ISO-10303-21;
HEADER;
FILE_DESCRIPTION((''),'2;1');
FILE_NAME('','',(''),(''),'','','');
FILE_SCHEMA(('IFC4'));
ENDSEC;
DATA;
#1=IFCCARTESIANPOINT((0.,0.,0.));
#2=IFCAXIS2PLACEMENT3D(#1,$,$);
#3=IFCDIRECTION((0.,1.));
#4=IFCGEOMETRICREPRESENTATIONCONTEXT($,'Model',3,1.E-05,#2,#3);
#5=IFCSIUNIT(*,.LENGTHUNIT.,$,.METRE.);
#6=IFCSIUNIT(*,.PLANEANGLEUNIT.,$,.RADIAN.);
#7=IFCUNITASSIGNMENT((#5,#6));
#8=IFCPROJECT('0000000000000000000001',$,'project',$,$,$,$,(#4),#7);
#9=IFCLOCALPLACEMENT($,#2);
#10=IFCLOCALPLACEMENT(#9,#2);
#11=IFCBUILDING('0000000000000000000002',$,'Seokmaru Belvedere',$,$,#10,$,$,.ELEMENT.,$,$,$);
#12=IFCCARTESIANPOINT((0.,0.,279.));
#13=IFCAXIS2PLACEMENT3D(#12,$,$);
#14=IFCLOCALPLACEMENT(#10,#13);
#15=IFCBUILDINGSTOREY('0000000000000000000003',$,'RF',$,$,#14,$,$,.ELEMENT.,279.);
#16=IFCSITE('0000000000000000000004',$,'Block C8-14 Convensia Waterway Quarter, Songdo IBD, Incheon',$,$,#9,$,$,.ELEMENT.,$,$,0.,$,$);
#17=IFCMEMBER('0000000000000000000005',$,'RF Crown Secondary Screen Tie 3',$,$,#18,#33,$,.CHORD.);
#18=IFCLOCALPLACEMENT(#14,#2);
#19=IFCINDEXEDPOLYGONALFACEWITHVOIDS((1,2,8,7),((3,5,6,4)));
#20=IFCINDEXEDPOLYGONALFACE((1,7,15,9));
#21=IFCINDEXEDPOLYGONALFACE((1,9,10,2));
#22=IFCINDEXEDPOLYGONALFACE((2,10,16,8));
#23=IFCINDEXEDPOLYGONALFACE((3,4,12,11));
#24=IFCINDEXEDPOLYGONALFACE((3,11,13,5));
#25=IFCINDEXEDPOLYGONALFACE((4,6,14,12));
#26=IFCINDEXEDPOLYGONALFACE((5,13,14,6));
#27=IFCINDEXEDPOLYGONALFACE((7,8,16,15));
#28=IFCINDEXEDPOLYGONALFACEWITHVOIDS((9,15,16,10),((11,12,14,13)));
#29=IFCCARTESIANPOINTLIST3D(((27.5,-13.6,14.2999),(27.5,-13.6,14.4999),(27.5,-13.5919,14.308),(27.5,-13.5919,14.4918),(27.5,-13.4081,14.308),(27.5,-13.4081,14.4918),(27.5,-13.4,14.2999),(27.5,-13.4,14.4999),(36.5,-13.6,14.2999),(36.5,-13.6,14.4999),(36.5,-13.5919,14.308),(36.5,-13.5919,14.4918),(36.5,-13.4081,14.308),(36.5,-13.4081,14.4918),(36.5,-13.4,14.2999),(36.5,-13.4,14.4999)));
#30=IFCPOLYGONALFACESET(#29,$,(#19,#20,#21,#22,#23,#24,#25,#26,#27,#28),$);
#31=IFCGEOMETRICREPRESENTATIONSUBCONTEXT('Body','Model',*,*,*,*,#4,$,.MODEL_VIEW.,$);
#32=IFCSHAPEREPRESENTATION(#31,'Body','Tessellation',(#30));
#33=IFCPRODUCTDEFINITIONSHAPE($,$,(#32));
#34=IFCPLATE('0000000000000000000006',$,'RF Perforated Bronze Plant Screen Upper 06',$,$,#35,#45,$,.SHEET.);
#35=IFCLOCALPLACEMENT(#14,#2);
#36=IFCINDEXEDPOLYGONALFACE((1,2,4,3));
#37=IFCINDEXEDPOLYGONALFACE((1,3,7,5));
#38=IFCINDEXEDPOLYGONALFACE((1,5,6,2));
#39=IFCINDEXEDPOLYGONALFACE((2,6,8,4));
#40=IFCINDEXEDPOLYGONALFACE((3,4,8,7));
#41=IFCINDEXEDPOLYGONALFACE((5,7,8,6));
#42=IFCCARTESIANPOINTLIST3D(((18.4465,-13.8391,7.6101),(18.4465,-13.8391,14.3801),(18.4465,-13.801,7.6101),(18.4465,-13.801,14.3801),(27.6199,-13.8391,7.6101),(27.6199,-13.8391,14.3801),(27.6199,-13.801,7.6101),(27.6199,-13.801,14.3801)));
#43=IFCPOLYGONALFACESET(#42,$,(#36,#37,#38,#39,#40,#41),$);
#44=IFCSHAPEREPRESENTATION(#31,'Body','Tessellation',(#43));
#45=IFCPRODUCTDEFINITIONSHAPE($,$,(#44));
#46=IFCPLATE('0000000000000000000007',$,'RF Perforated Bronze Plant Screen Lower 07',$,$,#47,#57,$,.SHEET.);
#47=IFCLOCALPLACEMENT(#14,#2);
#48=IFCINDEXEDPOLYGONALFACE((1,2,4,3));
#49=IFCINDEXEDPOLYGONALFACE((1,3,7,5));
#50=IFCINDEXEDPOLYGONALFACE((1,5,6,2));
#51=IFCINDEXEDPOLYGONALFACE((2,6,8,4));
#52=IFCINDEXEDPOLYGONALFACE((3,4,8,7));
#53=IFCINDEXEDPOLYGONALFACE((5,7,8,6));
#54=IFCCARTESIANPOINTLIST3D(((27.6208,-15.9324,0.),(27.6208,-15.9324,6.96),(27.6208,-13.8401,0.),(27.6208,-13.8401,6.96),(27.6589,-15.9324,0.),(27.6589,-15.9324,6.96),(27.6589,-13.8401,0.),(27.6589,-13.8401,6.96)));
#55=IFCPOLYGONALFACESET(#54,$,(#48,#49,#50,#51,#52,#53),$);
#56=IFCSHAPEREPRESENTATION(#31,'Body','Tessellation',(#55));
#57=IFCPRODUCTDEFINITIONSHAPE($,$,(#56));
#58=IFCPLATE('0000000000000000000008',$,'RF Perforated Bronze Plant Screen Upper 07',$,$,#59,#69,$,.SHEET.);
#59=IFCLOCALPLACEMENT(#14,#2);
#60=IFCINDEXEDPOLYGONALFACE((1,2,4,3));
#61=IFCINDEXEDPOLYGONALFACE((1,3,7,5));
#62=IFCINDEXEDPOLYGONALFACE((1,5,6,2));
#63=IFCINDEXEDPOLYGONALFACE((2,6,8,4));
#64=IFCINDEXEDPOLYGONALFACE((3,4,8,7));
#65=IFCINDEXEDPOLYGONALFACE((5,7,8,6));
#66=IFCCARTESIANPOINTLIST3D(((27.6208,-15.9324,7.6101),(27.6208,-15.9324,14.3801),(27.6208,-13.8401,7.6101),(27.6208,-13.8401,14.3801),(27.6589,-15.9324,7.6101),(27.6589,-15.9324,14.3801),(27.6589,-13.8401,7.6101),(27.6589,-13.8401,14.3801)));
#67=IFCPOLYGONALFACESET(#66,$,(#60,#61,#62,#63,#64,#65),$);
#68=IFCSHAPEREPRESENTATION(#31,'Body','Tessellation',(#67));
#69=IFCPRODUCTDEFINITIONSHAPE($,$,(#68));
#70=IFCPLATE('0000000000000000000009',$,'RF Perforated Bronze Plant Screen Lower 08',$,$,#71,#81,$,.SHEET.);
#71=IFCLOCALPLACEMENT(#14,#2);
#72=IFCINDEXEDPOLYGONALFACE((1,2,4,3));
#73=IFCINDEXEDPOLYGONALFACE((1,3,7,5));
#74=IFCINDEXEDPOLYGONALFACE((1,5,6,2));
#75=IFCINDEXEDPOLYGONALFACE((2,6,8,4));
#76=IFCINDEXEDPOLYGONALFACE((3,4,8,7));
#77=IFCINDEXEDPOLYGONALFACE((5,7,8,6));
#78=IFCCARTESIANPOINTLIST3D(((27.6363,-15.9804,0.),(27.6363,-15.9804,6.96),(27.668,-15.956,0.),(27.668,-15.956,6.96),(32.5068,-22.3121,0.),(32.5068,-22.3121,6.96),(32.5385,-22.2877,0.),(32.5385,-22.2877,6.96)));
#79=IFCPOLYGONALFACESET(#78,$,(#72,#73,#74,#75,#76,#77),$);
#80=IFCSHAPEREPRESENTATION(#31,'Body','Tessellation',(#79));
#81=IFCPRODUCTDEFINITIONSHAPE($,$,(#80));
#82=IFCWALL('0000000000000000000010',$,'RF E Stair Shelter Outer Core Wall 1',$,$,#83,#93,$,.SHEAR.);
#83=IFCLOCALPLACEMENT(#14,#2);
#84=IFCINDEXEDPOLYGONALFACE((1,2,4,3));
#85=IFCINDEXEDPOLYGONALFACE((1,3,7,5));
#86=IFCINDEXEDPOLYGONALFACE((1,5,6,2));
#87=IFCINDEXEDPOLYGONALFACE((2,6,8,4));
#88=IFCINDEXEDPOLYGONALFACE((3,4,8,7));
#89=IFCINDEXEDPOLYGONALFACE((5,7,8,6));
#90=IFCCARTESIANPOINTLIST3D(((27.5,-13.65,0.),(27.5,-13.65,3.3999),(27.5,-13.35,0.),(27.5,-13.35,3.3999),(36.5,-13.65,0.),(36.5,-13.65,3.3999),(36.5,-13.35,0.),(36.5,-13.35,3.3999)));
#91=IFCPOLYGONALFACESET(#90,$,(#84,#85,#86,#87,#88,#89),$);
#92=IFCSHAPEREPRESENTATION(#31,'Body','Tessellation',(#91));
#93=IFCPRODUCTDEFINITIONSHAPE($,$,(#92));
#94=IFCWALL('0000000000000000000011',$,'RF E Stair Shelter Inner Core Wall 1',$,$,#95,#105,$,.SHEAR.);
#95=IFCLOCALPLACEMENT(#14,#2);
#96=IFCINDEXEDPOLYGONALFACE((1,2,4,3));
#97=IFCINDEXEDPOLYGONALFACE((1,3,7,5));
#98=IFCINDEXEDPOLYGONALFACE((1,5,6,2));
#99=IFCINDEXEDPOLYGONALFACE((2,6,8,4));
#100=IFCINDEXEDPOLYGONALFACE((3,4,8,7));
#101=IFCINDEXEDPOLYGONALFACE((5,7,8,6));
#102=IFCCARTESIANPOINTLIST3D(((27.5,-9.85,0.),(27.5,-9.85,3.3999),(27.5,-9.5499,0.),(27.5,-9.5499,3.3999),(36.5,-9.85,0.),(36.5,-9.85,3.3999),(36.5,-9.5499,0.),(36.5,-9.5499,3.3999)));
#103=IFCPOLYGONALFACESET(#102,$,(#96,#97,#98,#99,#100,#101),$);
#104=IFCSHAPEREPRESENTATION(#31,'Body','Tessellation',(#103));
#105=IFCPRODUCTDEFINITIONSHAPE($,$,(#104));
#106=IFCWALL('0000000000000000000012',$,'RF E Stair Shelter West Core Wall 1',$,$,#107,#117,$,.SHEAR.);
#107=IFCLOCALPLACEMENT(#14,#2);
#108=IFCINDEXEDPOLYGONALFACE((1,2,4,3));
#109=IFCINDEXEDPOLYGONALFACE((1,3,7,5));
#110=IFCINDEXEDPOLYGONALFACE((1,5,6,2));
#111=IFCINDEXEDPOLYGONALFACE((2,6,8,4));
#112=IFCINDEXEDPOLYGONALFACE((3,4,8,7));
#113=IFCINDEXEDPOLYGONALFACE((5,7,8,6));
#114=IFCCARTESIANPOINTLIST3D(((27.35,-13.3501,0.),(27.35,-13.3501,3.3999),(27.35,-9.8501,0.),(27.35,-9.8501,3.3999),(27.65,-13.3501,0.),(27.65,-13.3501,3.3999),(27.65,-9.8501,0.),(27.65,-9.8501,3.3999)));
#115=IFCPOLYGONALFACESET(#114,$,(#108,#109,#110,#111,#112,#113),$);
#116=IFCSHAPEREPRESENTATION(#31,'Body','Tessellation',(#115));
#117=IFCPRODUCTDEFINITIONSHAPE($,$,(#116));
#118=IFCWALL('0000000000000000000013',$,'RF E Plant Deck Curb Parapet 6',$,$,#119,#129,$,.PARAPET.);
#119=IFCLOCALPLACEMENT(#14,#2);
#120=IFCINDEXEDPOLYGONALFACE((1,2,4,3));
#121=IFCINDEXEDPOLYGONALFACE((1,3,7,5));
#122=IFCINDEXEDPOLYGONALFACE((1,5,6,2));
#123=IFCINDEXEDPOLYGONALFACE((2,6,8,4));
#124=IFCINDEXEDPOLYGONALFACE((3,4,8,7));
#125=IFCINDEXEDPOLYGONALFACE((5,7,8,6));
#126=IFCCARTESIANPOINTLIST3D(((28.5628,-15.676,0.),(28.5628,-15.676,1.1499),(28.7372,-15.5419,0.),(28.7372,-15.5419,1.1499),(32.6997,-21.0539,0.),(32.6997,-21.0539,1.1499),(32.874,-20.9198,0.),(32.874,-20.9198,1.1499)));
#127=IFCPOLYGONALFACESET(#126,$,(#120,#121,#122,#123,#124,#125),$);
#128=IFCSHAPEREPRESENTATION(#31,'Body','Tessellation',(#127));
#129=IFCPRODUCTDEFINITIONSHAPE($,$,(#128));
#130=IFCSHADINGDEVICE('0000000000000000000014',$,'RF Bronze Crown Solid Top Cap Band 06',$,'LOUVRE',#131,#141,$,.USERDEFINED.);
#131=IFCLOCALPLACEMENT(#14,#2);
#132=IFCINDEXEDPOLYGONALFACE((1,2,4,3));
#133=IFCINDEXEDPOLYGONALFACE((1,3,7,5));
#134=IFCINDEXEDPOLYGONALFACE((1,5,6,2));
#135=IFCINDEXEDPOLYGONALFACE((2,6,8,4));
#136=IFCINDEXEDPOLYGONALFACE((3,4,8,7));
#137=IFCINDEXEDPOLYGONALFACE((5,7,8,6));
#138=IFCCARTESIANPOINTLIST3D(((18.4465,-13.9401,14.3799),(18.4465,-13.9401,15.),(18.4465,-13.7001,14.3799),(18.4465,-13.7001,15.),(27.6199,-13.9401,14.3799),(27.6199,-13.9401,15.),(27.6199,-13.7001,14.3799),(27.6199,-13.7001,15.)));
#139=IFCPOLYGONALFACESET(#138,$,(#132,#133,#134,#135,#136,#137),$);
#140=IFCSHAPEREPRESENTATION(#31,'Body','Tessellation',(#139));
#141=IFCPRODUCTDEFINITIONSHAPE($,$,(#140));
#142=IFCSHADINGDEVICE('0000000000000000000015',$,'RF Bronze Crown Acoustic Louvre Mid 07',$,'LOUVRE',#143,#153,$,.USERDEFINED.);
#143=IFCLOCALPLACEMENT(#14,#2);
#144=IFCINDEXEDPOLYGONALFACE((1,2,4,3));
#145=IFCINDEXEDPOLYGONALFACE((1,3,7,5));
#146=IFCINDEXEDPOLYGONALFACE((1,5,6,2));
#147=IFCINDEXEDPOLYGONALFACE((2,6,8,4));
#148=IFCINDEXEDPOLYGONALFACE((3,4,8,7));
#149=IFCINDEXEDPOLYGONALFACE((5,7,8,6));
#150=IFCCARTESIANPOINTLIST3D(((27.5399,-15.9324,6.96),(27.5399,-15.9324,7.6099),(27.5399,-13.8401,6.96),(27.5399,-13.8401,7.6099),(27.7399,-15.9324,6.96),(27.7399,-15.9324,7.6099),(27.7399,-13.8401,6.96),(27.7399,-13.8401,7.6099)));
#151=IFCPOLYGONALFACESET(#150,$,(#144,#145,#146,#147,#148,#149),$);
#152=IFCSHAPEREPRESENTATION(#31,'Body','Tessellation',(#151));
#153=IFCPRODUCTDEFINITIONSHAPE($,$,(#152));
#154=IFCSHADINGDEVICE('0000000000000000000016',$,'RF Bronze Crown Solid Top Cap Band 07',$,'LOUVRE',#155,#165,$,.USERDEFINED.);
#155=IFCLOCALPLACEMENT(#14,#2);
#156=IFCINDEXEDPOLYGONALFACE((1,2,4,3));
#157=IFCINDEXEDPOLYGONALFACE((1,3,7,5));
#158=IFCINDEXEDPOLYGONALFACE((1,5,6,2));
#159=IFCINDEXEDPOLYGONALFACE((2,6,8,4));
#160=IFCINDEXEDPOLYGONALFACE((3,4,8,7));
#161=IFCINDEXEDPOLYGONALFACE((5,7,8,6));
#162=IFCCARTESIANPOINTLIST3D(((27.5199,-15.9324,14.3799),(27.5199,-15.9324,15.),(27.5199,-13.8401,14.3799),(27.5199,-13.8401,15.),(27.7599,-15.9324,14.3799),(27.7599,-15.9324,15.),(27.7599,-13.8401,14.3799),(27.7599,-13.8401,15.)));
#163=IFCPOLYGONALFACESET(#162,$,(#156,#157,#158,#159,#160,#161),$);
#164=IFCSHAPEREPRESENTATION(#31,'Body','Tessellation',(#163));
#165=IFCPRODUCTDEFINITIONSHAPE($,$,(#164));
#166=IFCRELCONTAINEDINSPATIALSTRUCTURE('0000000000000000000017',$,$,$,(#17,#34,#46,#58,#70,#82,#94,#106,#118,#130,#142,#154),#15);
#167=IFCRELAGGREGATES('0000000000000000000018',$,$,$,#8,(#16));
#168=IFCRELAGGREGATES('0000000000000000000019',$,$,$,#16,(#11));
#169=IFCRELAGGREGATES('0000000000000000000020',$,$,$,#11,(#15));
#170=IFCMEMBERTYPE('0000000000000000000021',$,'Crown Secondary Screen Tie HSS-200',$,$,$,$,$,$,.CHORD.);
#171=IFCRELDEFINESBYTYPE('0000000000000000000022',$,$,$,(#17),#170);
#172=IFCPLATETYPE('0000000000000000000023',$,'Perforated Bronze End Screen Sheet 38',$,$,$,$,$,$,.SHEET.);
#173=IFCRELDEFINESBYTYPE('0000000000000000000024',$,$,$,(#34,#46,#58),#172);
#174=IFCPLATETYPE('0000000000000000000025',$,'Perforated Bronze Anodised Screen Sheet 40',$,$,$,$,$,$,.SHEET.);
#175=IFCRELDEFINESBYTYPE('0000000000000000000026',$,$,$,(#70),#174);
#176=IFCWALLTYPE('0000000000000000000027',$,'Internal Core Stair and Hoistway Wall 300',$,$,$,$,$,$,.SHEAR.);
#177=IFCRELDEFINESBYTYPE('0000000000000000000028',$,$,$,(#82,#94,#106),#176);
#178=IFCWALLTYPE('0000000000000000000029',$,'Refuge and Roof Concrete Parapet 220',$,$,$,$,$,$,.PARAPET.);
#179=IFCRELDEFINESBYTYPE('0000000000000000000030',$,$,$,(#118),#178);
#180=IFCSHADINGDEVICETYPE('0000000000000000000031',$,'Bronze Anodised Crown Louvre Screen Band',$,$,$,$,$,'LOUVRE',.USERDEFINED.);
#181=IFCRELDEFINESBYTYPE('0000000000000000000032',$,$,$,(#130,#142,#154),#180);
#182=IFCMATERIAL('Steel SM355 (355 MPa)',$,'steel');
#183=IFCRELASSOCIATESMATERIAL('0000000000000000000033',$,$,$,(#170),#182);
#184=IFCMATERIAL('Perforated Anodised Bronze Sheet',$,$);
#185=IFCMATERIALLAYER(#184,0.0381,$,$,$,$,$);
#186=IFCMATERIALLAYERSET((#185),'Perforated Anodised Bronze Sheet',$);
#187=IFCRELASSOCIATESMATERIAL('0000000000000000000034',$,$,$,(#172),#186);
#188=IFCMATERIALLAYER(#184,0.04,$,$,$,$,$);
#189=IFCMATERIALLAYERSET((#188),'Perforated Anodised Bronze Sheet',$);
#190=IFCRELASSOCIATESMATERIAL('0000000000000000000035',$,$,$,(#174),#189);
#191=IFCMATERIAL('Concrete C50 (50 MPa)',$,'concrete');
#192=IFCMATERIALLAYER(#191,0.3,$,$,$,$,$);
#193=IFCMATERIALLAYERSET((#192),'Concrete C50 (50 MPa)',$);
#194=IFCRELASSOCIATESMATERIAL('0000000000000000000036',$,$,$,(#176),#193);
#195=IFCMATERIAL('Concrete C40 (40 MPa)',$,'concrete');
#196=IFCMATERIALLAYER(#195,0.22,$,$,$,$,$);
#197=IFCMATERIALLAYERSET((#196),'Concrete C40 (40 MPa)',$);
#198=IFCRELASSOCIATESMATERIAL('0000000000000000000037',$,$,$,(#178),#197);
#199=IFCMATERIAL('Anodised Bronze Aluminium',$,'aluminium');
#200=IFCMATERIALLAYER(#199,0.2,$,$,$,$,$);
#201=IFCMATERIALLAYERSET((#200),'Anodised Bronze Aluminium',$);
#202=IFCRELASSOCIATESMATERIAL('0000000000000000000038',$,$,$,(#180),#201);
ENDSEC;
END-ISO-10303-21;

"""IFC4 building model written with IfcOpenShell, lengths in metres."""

from ifc_helpers import new_model, si_unit, direction, frame, frame_2d, origin, origin_2d, place, context, subcontext, project, spatial, rectangle, hollow_rectangle, extrude, source, transform, mapped, material, layer, layer_set, material_profile, profile_set, type_object, type_shapes, element, save


model = new_model("IFC4")

# Units and contexts
model_context = context("Model", 3, precision=1e-05, world=origin(), true_north=direction((0.0, 1.0)))
body_context = subcontext(model_context, "Body", "Model", "MODEL_VIEW")
ifc_project = project(units=[si_unit("LENGTHUNIT", "METRE"), si_unit("PLANEANGLEUNIT", "RADIAN")], contexts=[model_context])

# Site, building, storey
site_placement = place(None, origin())
site = spatial("IfcSite", under=ifc_project, at=site_placement, Name="Block C8-14 Convensia Waterway Quarter, Songdo IBD, Incheon", CompositionType="ELEMENT", RefElevation=0.0)
building_placement = place(site_placement, origin())
building = spatial("IfcBuilding", under=site, at=building_placement, Name="Seokmaru Belvedere", CompositionType="ELEMENT")
storey_placement = place(building_placement, frame((0.0, 0.0, 279.0)))
storey = spatial("IfcBuildingStorey", under=building, at=storey_placement, Name="RF", CompositionType="ELEMENT", Elevation=279.0)

# Shared definitions
ifc_material_1 = material(Name="Steel SM355 (355 MPa)", Category="steel")

# Member
ifc_material_profile_1 = material_profile(ifc_material_1, hollow_rectangle(XDim=0.2, YDim=0.2, WallThickness=0.0081, at=origin_2d()), Name="HSS-200x200x8")
ifc_profile_set_1 = profile_set([ifc_material_profile_1], Name="Steel SM355 (355 MPa)")
member_type_1 = type_object("IfcMemberType", Name="Crown Secondary Screen Tie HSS-200", PredefinedType="CHORD", material=ifc_profile_set_1)
shared_shape_1 = source(origin(), body_context, "Body", "SweptSolid", [
    extrude(hollow_rectangle(XDim=0.2, YDim=0.2, WallThickness=0.0081, at=origin_2d()), origin(), (0.0, 0.0, 1.0), 9.0),
])
type_shapes(member_type_1, [shared_shape_1])
member_1_placement = place(storey_placement, frame((27.5, -13.5, 14.3999), z_axis=(1.0, 0.0, 0.0), x_axis=(0.0, 1.0, 0.0)))
element("IfcMember", 1, at=member_1_placement, inside=storey, type_object=member_type_1, Name="RF Crown Secondary Screen Tie 3", PredefinedType="CHORD", context=body_context, shape_type="MappedRepresentation", body=[
    mapped(shared_shape_1, transform((0.0, 0.0, 0.0), scale=1.0)),
])

# Plates
ifc_material_2 = material(Name="Perforated Anodised Bronze Sheet")
ifc_layer_1 = layer(ifc_material_2, 0.0381)
ifc_layer_set_1 = layer_set([ifc_layer_1], Name="Perforated Anodised Bronze Sheet")
plate_type_1 = type_object("IfcPlateType", Name="Perforated Bronze End Screen Sheet 38", PredefinedType="SHEET", material=ifc_layer_set_1)
shared_shape_2 = source(origin(), body_context, "Body", "SweptSolid", [
    extrude(rectangle(XDim=9.1733, YDim=0.0381, at=origin_2d()), origin(), (0.0, 0.0, 1.0), 6.77),
])
plate_1_placement = place(storey_placement, frame((23.0332, -13.8201, 7.6101), z_axis=(0.0, 0.0, 1.0), x_axis=(1.0, 0.0, 0.0)))
element("IfcPlate", 2, at=plate_1_placement, inside=storey, type_object=plate_type_1, Name="RF Perforated Bronze Plant Screen Upper 06", PredefinedType="SHEET", context=body_context, shape_type="MappedRepresentation", body=[
    mapped(shared_shape_2, transform((0.0, 0.0, 0.0), scale=1.0)),
])
shared_shape_3 = source(origin(), body_context, "Body", "SweptSolid", [
    extrude(rectangle(XDim=2.0923, YDim=0.0381, at=origin_2d()), origin(), (0.0, 0.0, 1.0), 6.96),
])
plate_2_placement = place(storey_placement, frame((27.6399, -14.8862, 0.0), z_axis=(0.0, 0.0, 1.0), x_axis=(0.0, -1.0, 0.0)))
element("IfcPlate", 3, at=plate_2_placement, inside=storey, type_object=plate_type_1, Name="RF Perforated Bronze Plant Screen Lower 07", PredefinedType="SHEET", context=body_context, shape_type="MappedRepresentation", body=[
    mapped(shared_shape_3, transform((0.0, 0.0, 0.0), scale=1.0)),
])
shared_shape_4 = source(origin(), body_context, "Body", "SweptSolid", [
    extrude(rectangle(XDim=2.0923, YDim=0.0381, at=origin_2d()), origin(), (0.0, 0.0, 1.0), 6.77),
])
type_shapes(plate_type_1, [shared_shape_2, shared_shape_3, shared_shape_4])
plate_3_placement = place(storey_placement, frame((27.6399, -14.8862, 7.6101), z_axis=(0.0, 0.0, 1.0), x_axis=(0.0, -1.0, 0.0)))
element("IfcPlate", 4, at=plate_3_placement, inside=storey, type_object=plate_type_1, Name="RF Perforated Bronze Plant Screen Upper 07", PredefinedType="SHEET", context=body_context, shape_type="MappedRepresentation", body=[
    mapped(shared_shape_4, transform((0.0, 0.0, 0.0), scale=1.0)),
])
ifc_layer_2 = layer(ifc_material_2, 0.04)
ifc_layer_set_2 = layer_set([ifc_layer_2], Name="Perforated Anodised Bronze Sheet")
plate_type_2 = type_object("IfcPlateType", Name="Perforated Bronze Anodised Screen Sheet 40", PredefinedType="SHEET", material=ifc_layer_set_2)
shared_shape_5 = source(origin(), body_context, "Body", "SweptSolid", [
    extrude(rectangle(XDim=7.9883, YDim=0.04, at=origin_2d()), origin(), (0.0, 0.0, 1.0), 6.96),
])
type_shapes(plate_type_2, [shared_shape_5])
plate_4_placement = place(storey_placement, frame((30.0874, -19.134, 0.0), z_axis=(0.0, 0.0, 1.0), x_axis=(0.609709, -0.792625, 0.0)))
element("IfcPlate", 5, at=plate_4_placement, inside=storey, type_object=plate_type_2, Name="RF Perforated Bronze Plant Screen Lower 08", PredefinedType="SHEET", context=body_context, shape_type="MappedRepresentation", body=[
    mapped(shared_shape_5, transform((0.0, 0.0, 0.0), scale=1.0)),
])

# Walls
ifc_material_3 = material(Name="Concrete C50 (50 MPa)", Category="concrete")
ifc_layer_3 = layer(ifc_material_3, 0.3)
ifc_layer_set_3 = layer_set([ifc_layer_3], Name="Concrete C50 (50 MPa)")
wall_type_1 = type_object("IfcWallType", Name="Internal Core Stair and Hoistway Wall 300", PredefinedType="SHEAR", material=ifc_layer_set_3)
for number, where, z_axis, x_axis, name in (
    (6, (27.5, -13.5, 0.0), (0.0, 0.0, 1.0), (1.0, 0.0, 0.0), "RF E Stair Shelter Outer Core Wall 1"),
    (7, (27.5, -9.7, 0.0), (0.0, 0.0, 1.0), (1.0, 0.0, 0.0), "RF E Stair Shelter Inner Core Wall 1"),
):
    element("IfcWall", number, at=place(storey_placement, frame(where, z_axis=z_axis, x_axis=x_axis)), inside=storey, type_object=wall_type_1, Name=name, PredefinedType="SHEAR", context=body_context, shape_type="SweptSolid", body=[
        extrude(rectangle(XDim=9.0, YDim=0.3, at=frame_2d((4.5, 0.0))), origin(), (0.0, 0.0, 1.0), 3.3999),
    ])
wall_1_placement = place(storey_placement, frame((27.5, -13.3501, 0.0), z_axis=(0.0, 0.0, 1.0), x_axis=(0.0, 1.0, 0.0)))
element("IfcWall", 8, at=wall_1_placement, inside=storey, type_object=wall_type_1, Name="RF E Stair Shelter West Core Wall 1", PredefinedType="SHEAR", context=body_context, shape_type="SweptSolid", body=[
    extrude(rectangle(XDim=3.5, YDim=0.3, at=frame_2d((1.75, 0.0))), origin(), (0.0, 0.0, 1.0), 3.3999),
])
ifc_material_4 = material(Name="Concrete C40 (40 MPa)", Category="concrete")
ifc_layer_4 = layer(ifc_material_4, 0.22)
ifc_layer_set_4 = layer_set([ifc_layer_4], Name="Concrete C40 (40 MPa)")
wall_type_2 = type_object("IfcWallType", Name="Refuge and Roof Concrete Parapet 220", PredefinedType="PARAPET", material=ifc_layer_set_4)
wall_2_placement = place(storey_placement, frame((28.6499, -15.6089, 0.0), z_axis=(0.0, 0.0, 1.0), x_axis=(0.609719, -0.792617, 0.0)))
element("IfcWall", 9, at=wall_2_placement, inside=storey, type_object=wall_type_2, Name="RF E Plant Deck Curb Parapet 6", PredefinedType="PARAPET", context=body_context, shape_type="SweptSolid", body=[
    extrude(rectangle(XDim=6.7849, YDim=0.22, at=frame_2d((3.3926, 0.0))), origin(), (0.0, 0.0, 1.0), 1.1499),
])

# Shading devices
ifc_material_5 = material(Name="Anodised Bronze Aluminium", Category="aluminium")
ifc_layer_5 = layer(ifc_material_5, 0.2)
ifc_layer_set_5 = layer_set([ifc_layer_5], Name="Anodised Bronze Aluminium")
shading_device_type = type_object("IfcShadingDeviceType", Name="Bronze Anodised Crown Louvre Screen Band", ElementType="LOUVRE", PredefinedType="USERDEFINED", material=ifc_layer_set_5)
shared_shape_6 = source(origin(), body_context, "Body", "SweptSolid", [
    extrude(rectangle(XDim=9.1733, YDim=0.24, at=origin_2d()), origin(), (0.0, 0.0, 1.0), 0.6201),
])
shading_device_1_placement = place(storey_placement, frame((23.0332, -13.8201, 14.3799), z_axis=(0.0, 0.0, 1.0), x_axis=(1.0, 0.0, 0.0)))
element("IfcShadingDevice", 10, at=shading_device_1_placement, inside=storey, type_object=shading_device_type, Name="RF Bronze Crown Solid Top Cap Band 06", ObjectType="LOUVRE", PredefinedType="USERDEFINED", context=body_context, shape_type="MappedRepresentation", body=[
    mapped(shared_shape_6, transform((0.0, 0.0, 0.0), scale=1.0)),
])
shared_shape_7 = source(origin(), body_context, "Body", "SweptSolid", [
    extrude(rectangle(XDim=2.0923, YDim=0.2, at=origin_2d()), origin(), (0.0, 0.0, 1.0), 0.6499),
])
shading_device_2_placement = place(storey_placement, frame((27.6399, -14.8862, 6.96), z_axis=(0.0, 0.0, 1.0), x_axis=(0.0, -1.0, 0.0)))
element("IfcShadingDevice", 11, at=shading_device_2_placement, inside=storey, type_object=shading_device_type, Name="RF Bronze Crown Acoustic Louvre Mid 07", ObjectType="LOUVRE", PredefinedType="USERDEFINED", context=body_context, shape_type="MappedRepresentation", body=[
    mapped(shared_shape_7, transform((0.0, 0.0, 0.0), scale=1.0)),
])
shared_shape_8 = source(origin(), body_context, "Body", "SweptSolid", [
    extrude(rectangle(XDim=2.0923, YDim=0.24, at=origin_2d()), origin(), (0.0, 0.0, 1.0), 0.6201),
])
shading_device_3_placement = place(storey_placement, frame((27.6399, -14.8862, 14.3799), z_axis=(0.0, 0.0, 1.0), x_axis=(0.0, -1.0, 0.0)))
element("IfcShadingDevice", 12, at=shading_device_3_placement, inside=storey, type_object=shading_device_type, Name="RF Bronze Crown Solid Top Cap Band 07", ObjectType="LOUVRE", PredefinedType="USERDEFINED", context=body_context, shape_type="MappedRepresentation", body=[
    mapped(shared_shape_8, transform((0.0, 0.0, 0.0), scale=1.0)),
])

save(model, "model.ifc")
